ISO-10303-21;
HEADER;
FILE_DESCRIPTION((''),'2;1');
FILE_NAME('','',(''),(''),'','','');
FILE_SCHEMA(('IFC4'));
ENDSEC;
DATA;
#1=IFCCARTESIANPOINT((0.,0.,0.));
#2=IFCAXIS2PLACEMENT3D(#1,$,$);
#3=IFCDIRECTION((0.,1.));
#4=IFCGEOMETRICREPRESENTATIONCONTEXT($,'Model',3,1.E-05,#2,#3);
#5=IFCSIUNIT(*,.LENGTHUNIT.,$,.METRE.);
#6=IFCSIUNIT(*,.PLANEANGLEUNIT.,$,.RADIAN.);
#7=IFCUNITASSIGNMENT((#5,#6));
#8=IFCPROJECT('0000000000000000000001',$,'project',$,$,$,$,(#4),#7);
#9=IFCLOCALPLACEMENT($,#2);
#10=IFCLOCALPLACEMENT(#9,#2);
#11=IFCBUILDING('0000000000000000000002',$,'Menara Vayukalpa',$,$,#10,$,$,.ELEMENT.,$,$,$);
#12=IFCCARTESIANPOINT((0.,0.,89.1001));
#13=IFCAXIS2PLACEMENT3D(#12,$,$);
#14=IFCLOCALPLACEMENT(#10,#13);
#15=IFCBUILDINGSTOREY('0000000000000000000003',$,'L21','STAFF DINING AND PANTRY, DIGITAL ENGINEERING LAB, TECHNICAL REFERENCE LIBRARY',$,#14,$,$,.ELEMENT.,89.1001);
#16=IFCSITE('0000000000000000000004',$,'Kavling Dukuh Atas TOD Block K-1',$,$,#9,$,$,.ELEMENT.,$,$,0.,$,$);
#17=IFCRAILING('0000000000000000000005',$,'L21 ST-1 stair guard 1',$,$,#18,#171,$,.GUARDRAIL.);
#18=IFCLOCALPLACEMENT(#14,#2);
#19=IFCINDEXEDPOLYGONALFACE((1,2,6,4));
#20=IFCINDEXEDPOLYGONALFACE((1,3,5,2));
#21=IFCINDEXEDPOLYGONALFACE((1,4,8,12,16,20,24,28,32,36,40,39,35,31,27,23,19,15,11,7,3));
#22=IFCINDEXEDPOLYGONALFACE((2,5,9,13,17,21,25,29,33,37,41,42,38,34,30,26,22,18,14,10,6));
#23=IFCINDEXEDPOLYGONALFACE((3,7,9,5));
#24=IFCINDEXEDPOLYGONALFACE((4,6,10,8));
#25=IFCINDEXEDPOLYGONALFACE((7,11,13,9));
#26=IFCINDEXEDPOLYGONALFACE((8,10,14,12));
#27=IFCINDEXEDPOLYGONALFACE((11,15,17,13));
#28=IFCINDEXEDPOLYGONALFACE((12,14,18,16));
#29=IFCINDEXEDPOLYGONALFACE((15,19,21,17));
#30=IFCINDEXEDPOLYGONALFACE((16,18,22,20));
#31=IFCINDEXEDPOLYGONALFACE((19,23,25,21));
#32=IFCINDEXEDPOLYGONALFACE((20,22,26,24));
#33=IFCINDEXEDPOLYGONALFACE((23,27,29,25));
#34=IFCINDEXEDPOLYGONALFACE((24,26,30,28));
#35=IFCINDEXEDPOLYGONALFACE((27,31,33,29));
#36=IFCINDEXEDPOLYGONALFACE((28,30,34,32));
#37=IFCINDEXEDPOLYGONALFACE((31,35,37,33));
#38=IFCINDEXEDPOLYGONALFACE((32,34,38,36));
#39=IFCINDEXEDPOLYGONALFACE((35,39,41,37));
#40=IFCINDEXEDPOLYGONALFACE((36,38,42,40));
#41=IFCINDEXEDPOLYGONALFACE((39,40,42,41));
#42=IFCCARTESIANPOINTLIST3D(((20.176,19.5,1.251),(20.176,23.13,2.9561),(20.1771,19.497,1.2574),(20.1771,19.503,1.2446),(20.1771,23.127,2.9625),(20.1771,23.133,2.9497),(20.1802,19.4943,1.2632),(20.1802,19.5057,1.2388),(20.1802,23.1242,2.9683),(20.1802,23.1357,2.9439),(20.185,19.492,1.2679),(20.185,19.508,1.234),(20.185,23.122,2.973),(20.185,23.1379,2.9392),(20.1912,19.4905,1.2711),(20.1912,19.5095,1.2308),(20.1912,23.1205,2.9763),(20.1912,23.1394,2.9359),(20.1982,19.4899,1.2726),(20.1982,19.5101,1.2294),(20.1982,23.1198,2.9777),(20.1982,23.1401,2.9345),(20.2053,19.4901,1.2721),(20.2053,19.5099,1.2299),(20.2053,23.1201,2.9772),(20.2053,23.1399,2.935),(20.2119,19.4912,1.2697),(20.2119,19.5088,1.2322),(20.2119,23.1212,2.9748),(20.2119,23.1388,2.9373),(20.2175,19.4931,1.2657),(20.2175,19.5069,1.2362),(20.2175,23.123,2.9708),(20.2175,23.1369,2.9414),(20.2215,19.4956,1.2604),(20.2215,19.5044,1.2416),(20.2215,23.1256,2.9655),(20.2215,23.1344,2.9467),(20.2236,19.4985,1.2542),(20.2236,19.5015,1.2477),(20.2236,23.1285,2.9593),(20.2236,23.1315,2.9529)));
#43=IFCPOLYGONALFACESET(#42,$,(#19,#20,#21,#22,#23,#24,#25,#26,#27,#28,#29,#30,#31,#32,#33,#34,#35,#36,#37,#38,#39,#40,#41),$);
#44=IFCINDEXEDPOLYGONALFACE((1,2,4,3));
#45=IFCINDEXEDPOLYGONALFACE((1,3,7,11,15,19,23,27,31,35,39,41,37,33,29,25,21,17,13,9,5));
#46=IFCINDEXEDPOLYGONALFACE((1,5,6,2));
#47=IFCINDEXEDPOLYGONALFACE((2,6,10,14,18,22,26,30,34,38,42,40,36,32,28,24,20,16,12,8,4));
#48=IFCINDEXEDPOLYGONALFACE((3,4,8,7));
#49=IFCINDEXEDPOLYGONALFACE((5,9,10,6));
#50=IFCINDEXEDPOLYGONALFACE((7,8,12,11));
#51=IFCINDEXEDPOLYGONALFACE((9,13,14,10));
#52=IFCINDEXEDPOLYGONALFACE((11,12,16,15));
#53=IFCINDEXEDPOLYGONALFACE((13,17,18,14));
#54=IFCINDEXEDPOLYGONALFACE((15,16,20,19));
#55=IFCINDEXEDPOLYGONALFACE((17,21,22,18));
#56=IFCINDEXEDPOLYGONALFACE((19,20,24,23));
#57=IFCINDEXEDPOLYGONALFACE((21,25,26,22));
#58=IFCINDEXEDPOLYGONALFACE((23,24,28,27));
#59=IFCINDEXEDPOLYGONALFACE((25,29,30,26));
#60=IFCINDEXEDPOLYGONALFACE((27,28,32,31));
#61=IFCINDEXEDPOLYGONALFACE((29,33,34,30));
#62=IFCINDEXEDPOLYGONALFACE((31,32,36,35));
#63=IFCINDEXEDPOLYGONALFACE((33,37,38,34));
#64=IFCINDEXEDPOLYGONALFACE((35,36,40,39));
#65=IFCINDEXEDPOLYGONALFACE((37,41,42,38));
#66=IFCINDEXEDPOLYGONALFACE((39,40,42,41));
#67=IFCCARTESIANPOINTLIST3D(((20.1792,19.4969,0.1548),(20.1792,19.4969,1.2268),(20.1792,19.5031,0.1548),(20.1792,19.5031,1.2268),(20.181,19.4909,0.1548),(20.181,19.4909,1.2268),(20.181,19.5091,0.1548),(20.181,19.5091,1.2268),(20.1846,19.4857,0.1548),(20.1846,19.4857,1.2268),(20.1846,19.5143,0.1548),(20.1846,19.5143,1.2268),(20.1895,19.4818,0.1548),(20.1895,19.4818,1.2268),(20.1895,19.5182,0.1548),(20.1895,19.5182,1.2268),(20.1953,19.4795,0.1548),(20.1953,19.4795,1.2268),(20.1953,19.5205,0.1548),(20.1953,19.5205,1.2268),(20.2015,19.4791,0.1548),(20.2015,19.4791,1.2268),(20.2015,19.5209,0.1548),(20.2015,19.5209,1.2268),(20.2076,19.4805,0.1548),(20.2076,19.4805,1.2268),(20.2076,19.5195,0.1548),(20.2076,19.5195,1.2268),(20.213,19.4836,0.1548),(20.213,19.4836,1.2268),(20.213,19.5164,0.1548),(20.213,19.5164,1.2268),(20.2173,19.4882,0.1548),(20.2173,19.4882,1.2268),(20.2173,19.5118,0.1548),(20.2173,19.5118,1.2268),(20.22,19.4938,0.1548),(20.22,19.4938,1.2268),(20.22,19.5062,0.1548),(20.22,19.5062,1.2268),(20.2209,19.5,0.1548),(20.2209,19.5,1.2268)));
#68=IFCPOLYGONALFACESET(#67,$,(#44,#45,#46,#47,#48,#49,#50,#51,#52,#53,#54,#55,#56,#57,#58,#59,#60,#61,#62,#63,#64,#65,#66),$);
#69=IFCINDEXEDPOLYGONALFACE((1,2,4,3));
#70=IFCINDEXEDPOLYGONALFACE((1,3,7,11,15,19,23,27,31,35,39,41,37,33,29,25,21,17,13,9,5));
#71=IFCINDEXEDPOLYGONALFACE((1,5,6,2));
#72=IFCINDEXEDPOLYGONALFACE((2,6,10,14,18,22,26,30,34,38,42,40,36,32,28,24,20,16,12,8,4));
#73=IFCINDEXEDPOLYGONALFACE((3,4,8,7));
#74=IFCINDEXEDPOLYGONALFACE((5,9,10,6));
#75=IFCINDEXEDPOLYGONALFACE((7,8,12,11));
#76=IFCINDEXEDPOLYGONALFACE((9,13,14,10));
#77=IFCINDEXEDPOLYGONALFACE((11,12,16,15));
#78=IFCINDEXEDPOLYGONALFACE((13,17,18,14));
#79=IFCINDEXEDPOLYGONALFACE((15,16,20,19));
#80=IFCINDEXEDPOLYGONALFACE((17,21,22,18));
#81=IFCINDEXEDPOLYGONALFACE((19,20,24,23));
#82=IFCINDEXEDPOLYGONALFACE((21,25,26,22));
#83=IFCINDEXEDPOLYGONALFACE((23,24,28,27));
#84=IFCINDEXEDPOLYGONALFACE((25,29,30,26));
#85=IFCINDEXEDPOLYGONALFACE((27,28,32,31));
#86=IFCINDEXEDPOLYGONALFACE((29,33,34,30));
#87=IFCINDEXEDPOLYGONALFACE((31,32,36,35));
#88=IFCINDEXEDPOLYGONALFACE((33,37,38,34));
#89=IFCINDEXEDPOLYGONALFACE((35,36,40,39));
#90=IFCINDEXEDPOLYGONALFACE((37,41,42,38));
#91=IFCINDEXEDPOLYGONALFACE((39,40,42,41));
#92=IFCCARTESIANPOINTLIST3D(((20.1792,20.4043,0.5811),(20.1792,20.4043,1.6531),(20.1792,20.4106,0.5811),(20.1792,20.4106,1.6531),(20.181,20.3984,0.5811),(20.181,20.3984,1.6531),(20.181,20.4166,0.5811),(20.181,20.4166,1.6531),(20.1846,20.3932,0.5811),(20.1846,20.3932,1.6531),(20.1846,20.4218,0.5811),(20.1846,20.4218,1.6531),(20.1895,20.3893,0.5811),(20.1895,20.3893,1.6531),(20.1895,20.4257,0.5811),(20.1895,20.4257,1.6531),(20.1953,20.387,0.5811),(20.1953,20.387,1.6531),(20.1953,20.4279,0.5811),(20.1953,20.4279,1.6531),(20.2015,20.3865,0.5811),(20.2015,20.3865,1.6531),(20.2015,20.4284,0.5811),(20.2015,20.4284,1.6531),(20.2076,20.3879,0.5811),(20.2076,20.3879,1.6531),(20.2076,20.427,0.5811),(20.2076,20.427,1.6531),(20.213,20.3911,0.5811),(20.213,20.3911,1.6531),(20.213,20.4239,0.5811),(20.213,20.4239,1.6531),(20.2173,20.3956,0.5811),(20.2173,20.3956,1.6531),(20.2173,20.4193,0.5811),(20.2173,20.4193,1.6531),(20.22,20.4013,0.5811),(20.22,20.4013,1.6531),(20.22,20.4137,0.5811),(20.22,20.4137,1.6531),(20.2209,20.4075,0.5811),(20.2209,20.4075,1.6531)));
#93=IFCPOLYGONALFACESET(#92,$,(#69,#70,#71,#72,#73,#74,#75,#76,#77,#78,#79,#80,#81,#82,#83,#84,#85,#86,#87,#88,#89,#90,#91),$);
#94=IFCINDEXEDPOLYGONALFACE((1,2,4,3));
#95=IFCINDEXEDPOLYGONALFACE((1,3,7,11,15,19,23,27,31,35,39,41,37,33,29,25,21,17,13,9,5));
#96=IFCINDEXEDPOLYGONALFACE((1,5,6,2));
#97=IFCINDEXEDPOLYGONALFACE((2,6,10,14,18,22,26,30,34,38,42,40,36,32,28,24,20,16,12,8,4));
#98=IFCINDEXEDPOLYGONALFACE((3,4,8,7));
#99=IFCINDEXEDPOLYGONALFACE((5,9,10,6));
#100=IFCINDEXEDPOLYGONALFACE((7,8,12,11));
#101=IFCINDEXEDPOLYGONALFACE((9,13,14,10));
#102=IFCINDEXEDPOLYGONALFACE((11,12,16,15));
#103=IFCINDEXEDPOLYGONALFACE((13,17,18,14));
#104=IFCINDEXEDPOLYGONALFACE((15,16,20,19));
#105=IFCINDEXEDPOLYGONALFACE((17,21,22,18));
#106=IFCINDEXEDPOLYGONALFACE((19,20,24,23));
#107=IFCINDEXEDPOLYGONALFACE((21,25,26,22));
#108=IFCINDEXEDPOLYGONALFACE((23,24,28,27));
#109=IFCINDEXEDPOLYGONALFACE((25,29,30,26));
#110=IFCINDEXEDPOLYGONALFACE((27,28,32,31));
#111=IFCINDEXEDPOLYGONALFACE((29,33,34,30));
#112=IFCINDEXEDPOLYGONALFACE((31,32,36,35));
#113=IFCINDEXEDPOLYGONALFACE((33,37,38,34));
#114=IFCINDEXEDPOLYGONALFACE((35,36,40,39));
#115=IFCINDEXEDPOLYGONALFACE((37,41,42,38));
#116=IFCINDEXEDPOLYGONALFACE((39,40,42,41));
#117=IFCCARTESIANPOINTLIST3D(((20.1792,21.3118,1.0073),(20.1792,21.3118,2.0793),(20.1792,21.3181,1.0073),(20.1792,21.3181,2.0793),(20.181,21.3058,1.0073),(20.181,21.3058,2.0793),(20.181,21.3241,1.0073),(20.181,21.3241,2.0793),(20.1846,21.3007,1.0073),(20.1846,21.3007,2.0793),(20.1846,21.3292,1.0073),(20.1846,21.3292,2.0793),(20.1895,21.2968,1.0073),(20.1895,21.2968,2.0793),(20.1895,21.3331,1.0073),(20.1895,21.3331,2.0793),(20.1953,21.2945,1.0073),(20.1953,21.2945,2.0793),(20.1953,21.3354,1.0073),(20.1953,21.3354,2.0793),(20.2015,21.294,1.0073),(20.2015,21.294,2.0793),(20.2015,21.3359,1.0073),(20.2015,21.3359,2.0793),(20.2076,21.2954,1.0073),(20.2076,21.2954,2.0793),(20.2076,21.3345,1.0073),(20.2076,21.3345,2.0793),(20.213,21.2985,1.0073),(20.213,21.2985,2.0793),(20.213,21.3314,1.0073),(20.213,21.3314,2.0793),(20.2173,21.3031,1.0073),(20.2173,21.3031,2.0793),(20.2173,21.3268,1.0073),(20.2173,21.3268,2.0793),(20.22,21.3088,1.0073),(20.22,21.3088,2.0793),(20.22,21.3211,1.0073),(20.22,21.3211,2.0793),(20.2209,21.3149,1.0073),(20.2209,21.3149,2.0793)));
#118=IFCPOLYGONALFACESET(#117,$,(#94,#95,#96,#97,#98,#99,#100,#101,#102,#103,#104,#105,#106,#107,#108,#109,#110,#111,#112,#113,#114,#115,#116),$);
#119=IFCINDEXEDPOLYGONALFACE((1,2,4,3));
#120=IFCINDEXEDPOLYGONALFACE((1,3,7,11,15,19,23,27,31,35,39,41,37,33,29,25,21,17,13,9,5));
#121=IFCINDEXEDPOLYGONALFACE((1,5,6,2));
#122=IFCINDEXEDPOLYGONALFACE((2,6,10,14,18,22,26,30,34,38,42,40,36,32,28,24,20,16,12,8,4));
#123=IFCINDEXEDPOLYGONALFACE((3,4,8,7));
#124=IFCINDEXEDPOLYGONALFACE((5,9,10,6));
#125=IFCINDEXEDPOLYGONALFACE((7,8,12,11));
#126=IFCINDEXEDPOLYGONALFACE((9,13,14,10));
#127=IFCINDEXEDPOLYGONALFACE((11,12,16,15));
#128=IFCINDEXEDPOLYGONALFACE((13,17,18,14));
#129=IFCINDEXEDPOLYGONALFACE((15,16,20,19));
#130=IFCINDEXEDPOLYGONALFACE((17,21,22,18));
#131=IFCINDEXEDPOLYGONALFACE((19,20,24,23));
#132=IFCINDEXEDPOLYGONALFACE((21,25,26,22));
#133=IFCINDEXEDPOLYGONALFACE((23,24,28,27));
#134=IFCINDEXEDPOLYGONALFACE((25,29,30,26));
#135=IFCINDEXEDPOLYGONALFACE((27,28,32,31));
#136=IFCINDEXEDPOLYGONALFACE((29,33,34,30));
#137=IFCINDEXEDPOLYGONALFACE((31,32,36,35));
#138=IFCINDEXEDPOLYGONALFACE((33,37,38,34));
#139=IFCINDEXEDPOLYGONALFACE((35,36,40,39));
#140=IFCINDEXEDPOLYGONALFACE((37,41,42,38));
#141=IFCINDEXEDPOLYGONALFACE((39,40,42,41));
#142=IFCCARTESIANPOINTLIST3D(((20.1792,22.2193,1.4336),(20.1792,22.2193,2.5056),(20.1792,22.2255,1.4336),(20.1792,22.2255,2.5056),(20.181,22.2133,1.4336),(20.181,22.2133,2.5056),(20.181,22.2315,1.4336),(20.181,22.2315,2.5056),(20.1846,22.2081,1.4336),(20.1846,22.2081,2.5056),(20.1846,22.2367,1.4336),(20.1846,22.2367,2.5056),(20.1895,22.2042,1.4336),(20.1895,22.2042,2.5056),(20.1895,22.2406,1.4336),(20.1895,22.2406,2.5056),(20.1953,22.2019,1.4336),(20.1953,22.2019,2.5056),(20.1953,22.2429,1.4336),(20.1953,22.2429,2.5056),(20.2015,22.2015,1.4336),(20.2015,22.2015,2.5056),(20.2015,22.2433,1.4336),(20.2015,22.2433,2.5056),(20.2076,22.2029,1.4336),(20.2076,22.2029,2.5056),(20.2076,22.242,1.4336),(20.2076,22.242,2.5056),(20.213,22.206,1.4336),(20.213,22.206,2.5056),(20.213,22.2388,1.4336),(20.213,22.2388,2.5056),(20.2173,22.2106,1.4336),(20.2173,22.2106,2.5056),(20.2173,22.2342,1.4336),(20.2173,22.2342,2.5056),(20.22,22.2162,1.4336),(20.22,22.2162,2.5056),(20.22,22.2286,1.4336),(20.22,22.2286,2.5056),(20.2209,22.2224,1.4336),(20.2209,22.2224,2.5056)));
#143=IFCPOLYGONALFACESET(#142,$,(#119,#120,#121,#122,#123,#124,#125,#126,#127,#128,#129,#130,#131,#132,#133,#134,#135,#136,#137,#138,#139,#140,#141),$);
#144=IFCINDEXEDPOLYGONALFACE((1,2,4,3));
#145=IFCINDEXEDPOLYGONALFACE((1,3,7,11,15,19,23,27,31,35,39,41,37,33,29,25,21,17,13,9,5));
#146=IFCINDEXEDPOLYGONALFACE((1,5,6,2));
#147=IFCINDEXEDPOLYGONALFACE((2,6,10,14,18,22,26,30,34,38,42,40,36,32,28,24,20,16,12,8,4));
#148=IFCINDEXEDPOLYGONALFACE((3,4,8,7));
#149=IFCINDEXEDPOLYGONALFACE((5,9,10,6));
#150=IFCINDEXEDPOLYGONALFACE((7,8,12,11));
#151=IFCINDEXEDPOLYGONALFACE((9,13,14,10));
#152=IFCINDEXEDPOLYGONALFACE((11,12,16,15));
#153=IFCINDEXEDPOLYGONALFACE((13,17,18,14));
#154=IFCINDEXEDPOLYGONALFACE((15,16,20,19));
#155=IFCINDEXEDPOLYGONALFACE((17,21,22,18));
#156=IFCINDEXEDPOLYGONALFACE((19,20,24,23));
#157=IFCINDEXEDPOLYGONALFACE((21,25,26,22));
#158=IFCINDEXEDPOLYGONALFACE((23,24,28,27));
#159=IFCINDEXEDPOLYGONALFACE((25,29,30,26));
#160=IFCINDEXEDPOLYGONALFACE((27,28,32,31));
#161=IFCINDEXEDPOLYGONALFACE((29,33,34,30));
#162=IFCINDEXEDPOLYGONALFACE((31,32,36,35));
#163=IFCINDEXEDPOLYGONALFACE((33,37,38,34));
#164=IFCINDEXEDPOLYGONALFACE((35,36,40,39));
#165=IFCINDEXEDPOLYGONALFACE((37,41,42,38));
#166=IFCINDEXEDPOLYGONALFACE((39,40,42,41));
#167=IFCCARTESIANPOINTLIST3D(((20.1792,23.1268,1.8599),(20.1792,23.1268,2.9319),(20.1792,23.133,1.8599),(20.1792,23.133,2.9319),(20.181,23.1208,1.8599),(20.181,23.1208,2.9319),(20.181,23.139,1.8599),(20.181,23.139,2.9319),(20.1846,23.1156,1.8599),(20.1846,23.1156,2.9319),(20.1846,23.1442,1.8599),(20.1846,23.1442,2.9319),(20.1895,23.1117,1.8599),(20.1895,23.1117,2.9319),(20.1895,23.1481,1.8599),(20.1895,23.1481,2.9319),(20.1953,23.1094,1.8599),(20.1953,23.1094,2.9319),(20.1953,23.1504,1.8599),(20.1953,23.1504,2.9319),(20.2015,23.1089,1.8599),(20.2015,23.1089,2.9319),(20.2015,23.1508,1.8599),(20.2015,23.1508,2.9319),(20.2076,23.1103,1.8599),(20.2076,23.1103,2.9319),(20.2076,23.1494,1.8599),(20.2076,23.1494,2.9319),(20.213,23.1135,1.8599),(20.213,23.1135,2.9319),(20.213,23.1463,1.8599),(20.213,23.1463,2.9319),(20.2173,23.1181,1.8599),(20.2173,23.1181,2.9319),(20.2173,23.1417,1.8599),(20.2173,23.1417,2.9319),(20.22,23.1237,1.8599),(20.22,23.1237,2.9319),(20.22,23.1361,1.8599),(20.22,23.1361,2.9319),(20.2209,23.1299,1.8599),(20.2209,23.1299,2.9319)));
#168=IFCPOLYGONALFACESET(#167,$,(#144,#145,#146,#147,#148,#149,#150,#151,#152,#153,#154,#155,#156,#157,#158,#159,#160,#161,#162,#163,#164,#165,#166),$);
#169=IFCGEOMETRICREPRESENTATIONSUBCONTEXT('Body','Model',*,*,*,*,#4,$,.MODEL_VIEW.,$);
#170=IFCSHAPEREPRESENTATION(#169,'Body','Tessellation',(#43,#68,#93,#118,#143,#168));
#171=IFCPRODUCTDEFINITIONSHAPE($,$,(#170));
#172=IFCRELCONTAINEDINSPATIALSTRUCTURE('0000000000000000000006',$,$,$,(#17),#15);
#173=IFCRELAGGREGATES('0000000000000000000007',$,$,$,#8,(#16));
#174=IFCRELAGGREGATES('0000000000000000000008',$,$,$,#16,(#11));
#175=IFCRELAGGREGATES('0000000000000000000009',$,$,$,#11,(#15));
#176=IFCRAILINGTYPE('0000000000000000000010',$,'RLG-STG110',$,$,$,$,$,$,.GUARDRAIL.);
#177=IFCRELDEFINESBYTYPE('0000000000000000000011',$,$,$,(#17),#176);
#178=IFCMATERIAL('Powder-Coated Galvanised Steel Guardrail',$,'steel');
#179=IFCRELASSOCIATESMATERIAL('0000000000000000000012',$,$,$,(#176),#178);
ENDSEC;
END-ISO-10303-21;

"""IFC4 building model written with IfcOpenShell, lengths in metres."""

from ifc_helpers import new_model, si_unit, direction, frame, origin, origin_2d, place, context, subcontext, project, spatial, circle, extrude, material, type_object, element, save


model = new_model("IFC4")

# Units and contexts
model_context = context("Model", 3, precision=1e-05, world=origin(), true_north=direction((0.0, 1.0)))
body_context = subcontext(model_context, "Body", "Model", "MODEL_VIEW")
ifc_project = project(units=[si_unit("LENGTHUNIT", "METRE"), si_unit("PLANEANGLEUNIT", "RADIAN")], contexts=[model_context])

# Site, building, storey
site_placement = place(None, origin())
site = spatial("IfcSite", under=ifc_project, at=site_placement, Name="Kavling Dukuh Atas TOD Block K-1", CompositionType="ELEMENT", RefElevation=0.0)
building_placement = place(site_placement, origin())
building = spatial("IfcBuilding", under=site, at=building_placement, Name="Menara Vayukalpa", CompositionType="ELEMENT")
storey_placement = place(building_placement, frame((0.0, 0.0, 89.1001)))
storey = spatial("IfcBuildingStorey", under=building, at=storey_placement, Name="L21", Description="STAFF DINING AND PANTRY, DIGITAL ENGINEERING LAB, TECHNICAL REFERENCE LIBRARY", CompositionType="ELEMENT", Elevation=89.1001)

# Railing
ifc_material_1 = material(Name="Powder-Coated Galvanised Steel Guardrail", Category="steel")
railing_type = type_object("IfcRailingType", Name="RLG-STG110", PredefinedType="GUARDRAIL", material=ifc_material_1)
railing_1_placement = place(storey_placement, frame((20.2, 19.5, 0.1548)))
element("IfcRailing", 1, at=railing_1_placement, inside=storey, type_object=railing_type, Name="L21 ST-1 stair guard 1", PredefinedType="GUARDRAIL", context=body_context, shape_type="SweptSolid", body=[
    extrude(circle(Radius=0.0239, at=origin_2d()), frame((0.0, 0.0, 1.0962), z_axis=(0.0, 0.905116, 0.425164), x_axis=(-1.0, 0.0, 0.0)), (0.0, 0.0, 1.0), 4.0105),
    extrude(circle(Radius=0.021, at=origin_2d()), origin(), (0.0, 0.0, 1.0), 1.072),
    extrude(circle(Radius=0.021, at=origin_2d()), frame((0.0, 0.9075, 0.4263)), (0.0, 0.0, 1.0), 1.072),
    extrude(circle(Radius=0.021, at=origin_2d()), frame((0.0, 1.8149, 0.8525)), (0.0, 0.0, 1.0), 1.072),
    extrude(circle(Radius=0.021, at=origin_2d()), frame((0.0, 2.7224, 1.2788)), (0.0, 0.0, 1.0), 1.072),
    extrude(circle(Radius=0.021, at=origin_2d()), frame((0.0, 3.6299, 1.7051)), (0.0, 0.0, 1.0), 1.072),
])

save(model, "model.ifc")
